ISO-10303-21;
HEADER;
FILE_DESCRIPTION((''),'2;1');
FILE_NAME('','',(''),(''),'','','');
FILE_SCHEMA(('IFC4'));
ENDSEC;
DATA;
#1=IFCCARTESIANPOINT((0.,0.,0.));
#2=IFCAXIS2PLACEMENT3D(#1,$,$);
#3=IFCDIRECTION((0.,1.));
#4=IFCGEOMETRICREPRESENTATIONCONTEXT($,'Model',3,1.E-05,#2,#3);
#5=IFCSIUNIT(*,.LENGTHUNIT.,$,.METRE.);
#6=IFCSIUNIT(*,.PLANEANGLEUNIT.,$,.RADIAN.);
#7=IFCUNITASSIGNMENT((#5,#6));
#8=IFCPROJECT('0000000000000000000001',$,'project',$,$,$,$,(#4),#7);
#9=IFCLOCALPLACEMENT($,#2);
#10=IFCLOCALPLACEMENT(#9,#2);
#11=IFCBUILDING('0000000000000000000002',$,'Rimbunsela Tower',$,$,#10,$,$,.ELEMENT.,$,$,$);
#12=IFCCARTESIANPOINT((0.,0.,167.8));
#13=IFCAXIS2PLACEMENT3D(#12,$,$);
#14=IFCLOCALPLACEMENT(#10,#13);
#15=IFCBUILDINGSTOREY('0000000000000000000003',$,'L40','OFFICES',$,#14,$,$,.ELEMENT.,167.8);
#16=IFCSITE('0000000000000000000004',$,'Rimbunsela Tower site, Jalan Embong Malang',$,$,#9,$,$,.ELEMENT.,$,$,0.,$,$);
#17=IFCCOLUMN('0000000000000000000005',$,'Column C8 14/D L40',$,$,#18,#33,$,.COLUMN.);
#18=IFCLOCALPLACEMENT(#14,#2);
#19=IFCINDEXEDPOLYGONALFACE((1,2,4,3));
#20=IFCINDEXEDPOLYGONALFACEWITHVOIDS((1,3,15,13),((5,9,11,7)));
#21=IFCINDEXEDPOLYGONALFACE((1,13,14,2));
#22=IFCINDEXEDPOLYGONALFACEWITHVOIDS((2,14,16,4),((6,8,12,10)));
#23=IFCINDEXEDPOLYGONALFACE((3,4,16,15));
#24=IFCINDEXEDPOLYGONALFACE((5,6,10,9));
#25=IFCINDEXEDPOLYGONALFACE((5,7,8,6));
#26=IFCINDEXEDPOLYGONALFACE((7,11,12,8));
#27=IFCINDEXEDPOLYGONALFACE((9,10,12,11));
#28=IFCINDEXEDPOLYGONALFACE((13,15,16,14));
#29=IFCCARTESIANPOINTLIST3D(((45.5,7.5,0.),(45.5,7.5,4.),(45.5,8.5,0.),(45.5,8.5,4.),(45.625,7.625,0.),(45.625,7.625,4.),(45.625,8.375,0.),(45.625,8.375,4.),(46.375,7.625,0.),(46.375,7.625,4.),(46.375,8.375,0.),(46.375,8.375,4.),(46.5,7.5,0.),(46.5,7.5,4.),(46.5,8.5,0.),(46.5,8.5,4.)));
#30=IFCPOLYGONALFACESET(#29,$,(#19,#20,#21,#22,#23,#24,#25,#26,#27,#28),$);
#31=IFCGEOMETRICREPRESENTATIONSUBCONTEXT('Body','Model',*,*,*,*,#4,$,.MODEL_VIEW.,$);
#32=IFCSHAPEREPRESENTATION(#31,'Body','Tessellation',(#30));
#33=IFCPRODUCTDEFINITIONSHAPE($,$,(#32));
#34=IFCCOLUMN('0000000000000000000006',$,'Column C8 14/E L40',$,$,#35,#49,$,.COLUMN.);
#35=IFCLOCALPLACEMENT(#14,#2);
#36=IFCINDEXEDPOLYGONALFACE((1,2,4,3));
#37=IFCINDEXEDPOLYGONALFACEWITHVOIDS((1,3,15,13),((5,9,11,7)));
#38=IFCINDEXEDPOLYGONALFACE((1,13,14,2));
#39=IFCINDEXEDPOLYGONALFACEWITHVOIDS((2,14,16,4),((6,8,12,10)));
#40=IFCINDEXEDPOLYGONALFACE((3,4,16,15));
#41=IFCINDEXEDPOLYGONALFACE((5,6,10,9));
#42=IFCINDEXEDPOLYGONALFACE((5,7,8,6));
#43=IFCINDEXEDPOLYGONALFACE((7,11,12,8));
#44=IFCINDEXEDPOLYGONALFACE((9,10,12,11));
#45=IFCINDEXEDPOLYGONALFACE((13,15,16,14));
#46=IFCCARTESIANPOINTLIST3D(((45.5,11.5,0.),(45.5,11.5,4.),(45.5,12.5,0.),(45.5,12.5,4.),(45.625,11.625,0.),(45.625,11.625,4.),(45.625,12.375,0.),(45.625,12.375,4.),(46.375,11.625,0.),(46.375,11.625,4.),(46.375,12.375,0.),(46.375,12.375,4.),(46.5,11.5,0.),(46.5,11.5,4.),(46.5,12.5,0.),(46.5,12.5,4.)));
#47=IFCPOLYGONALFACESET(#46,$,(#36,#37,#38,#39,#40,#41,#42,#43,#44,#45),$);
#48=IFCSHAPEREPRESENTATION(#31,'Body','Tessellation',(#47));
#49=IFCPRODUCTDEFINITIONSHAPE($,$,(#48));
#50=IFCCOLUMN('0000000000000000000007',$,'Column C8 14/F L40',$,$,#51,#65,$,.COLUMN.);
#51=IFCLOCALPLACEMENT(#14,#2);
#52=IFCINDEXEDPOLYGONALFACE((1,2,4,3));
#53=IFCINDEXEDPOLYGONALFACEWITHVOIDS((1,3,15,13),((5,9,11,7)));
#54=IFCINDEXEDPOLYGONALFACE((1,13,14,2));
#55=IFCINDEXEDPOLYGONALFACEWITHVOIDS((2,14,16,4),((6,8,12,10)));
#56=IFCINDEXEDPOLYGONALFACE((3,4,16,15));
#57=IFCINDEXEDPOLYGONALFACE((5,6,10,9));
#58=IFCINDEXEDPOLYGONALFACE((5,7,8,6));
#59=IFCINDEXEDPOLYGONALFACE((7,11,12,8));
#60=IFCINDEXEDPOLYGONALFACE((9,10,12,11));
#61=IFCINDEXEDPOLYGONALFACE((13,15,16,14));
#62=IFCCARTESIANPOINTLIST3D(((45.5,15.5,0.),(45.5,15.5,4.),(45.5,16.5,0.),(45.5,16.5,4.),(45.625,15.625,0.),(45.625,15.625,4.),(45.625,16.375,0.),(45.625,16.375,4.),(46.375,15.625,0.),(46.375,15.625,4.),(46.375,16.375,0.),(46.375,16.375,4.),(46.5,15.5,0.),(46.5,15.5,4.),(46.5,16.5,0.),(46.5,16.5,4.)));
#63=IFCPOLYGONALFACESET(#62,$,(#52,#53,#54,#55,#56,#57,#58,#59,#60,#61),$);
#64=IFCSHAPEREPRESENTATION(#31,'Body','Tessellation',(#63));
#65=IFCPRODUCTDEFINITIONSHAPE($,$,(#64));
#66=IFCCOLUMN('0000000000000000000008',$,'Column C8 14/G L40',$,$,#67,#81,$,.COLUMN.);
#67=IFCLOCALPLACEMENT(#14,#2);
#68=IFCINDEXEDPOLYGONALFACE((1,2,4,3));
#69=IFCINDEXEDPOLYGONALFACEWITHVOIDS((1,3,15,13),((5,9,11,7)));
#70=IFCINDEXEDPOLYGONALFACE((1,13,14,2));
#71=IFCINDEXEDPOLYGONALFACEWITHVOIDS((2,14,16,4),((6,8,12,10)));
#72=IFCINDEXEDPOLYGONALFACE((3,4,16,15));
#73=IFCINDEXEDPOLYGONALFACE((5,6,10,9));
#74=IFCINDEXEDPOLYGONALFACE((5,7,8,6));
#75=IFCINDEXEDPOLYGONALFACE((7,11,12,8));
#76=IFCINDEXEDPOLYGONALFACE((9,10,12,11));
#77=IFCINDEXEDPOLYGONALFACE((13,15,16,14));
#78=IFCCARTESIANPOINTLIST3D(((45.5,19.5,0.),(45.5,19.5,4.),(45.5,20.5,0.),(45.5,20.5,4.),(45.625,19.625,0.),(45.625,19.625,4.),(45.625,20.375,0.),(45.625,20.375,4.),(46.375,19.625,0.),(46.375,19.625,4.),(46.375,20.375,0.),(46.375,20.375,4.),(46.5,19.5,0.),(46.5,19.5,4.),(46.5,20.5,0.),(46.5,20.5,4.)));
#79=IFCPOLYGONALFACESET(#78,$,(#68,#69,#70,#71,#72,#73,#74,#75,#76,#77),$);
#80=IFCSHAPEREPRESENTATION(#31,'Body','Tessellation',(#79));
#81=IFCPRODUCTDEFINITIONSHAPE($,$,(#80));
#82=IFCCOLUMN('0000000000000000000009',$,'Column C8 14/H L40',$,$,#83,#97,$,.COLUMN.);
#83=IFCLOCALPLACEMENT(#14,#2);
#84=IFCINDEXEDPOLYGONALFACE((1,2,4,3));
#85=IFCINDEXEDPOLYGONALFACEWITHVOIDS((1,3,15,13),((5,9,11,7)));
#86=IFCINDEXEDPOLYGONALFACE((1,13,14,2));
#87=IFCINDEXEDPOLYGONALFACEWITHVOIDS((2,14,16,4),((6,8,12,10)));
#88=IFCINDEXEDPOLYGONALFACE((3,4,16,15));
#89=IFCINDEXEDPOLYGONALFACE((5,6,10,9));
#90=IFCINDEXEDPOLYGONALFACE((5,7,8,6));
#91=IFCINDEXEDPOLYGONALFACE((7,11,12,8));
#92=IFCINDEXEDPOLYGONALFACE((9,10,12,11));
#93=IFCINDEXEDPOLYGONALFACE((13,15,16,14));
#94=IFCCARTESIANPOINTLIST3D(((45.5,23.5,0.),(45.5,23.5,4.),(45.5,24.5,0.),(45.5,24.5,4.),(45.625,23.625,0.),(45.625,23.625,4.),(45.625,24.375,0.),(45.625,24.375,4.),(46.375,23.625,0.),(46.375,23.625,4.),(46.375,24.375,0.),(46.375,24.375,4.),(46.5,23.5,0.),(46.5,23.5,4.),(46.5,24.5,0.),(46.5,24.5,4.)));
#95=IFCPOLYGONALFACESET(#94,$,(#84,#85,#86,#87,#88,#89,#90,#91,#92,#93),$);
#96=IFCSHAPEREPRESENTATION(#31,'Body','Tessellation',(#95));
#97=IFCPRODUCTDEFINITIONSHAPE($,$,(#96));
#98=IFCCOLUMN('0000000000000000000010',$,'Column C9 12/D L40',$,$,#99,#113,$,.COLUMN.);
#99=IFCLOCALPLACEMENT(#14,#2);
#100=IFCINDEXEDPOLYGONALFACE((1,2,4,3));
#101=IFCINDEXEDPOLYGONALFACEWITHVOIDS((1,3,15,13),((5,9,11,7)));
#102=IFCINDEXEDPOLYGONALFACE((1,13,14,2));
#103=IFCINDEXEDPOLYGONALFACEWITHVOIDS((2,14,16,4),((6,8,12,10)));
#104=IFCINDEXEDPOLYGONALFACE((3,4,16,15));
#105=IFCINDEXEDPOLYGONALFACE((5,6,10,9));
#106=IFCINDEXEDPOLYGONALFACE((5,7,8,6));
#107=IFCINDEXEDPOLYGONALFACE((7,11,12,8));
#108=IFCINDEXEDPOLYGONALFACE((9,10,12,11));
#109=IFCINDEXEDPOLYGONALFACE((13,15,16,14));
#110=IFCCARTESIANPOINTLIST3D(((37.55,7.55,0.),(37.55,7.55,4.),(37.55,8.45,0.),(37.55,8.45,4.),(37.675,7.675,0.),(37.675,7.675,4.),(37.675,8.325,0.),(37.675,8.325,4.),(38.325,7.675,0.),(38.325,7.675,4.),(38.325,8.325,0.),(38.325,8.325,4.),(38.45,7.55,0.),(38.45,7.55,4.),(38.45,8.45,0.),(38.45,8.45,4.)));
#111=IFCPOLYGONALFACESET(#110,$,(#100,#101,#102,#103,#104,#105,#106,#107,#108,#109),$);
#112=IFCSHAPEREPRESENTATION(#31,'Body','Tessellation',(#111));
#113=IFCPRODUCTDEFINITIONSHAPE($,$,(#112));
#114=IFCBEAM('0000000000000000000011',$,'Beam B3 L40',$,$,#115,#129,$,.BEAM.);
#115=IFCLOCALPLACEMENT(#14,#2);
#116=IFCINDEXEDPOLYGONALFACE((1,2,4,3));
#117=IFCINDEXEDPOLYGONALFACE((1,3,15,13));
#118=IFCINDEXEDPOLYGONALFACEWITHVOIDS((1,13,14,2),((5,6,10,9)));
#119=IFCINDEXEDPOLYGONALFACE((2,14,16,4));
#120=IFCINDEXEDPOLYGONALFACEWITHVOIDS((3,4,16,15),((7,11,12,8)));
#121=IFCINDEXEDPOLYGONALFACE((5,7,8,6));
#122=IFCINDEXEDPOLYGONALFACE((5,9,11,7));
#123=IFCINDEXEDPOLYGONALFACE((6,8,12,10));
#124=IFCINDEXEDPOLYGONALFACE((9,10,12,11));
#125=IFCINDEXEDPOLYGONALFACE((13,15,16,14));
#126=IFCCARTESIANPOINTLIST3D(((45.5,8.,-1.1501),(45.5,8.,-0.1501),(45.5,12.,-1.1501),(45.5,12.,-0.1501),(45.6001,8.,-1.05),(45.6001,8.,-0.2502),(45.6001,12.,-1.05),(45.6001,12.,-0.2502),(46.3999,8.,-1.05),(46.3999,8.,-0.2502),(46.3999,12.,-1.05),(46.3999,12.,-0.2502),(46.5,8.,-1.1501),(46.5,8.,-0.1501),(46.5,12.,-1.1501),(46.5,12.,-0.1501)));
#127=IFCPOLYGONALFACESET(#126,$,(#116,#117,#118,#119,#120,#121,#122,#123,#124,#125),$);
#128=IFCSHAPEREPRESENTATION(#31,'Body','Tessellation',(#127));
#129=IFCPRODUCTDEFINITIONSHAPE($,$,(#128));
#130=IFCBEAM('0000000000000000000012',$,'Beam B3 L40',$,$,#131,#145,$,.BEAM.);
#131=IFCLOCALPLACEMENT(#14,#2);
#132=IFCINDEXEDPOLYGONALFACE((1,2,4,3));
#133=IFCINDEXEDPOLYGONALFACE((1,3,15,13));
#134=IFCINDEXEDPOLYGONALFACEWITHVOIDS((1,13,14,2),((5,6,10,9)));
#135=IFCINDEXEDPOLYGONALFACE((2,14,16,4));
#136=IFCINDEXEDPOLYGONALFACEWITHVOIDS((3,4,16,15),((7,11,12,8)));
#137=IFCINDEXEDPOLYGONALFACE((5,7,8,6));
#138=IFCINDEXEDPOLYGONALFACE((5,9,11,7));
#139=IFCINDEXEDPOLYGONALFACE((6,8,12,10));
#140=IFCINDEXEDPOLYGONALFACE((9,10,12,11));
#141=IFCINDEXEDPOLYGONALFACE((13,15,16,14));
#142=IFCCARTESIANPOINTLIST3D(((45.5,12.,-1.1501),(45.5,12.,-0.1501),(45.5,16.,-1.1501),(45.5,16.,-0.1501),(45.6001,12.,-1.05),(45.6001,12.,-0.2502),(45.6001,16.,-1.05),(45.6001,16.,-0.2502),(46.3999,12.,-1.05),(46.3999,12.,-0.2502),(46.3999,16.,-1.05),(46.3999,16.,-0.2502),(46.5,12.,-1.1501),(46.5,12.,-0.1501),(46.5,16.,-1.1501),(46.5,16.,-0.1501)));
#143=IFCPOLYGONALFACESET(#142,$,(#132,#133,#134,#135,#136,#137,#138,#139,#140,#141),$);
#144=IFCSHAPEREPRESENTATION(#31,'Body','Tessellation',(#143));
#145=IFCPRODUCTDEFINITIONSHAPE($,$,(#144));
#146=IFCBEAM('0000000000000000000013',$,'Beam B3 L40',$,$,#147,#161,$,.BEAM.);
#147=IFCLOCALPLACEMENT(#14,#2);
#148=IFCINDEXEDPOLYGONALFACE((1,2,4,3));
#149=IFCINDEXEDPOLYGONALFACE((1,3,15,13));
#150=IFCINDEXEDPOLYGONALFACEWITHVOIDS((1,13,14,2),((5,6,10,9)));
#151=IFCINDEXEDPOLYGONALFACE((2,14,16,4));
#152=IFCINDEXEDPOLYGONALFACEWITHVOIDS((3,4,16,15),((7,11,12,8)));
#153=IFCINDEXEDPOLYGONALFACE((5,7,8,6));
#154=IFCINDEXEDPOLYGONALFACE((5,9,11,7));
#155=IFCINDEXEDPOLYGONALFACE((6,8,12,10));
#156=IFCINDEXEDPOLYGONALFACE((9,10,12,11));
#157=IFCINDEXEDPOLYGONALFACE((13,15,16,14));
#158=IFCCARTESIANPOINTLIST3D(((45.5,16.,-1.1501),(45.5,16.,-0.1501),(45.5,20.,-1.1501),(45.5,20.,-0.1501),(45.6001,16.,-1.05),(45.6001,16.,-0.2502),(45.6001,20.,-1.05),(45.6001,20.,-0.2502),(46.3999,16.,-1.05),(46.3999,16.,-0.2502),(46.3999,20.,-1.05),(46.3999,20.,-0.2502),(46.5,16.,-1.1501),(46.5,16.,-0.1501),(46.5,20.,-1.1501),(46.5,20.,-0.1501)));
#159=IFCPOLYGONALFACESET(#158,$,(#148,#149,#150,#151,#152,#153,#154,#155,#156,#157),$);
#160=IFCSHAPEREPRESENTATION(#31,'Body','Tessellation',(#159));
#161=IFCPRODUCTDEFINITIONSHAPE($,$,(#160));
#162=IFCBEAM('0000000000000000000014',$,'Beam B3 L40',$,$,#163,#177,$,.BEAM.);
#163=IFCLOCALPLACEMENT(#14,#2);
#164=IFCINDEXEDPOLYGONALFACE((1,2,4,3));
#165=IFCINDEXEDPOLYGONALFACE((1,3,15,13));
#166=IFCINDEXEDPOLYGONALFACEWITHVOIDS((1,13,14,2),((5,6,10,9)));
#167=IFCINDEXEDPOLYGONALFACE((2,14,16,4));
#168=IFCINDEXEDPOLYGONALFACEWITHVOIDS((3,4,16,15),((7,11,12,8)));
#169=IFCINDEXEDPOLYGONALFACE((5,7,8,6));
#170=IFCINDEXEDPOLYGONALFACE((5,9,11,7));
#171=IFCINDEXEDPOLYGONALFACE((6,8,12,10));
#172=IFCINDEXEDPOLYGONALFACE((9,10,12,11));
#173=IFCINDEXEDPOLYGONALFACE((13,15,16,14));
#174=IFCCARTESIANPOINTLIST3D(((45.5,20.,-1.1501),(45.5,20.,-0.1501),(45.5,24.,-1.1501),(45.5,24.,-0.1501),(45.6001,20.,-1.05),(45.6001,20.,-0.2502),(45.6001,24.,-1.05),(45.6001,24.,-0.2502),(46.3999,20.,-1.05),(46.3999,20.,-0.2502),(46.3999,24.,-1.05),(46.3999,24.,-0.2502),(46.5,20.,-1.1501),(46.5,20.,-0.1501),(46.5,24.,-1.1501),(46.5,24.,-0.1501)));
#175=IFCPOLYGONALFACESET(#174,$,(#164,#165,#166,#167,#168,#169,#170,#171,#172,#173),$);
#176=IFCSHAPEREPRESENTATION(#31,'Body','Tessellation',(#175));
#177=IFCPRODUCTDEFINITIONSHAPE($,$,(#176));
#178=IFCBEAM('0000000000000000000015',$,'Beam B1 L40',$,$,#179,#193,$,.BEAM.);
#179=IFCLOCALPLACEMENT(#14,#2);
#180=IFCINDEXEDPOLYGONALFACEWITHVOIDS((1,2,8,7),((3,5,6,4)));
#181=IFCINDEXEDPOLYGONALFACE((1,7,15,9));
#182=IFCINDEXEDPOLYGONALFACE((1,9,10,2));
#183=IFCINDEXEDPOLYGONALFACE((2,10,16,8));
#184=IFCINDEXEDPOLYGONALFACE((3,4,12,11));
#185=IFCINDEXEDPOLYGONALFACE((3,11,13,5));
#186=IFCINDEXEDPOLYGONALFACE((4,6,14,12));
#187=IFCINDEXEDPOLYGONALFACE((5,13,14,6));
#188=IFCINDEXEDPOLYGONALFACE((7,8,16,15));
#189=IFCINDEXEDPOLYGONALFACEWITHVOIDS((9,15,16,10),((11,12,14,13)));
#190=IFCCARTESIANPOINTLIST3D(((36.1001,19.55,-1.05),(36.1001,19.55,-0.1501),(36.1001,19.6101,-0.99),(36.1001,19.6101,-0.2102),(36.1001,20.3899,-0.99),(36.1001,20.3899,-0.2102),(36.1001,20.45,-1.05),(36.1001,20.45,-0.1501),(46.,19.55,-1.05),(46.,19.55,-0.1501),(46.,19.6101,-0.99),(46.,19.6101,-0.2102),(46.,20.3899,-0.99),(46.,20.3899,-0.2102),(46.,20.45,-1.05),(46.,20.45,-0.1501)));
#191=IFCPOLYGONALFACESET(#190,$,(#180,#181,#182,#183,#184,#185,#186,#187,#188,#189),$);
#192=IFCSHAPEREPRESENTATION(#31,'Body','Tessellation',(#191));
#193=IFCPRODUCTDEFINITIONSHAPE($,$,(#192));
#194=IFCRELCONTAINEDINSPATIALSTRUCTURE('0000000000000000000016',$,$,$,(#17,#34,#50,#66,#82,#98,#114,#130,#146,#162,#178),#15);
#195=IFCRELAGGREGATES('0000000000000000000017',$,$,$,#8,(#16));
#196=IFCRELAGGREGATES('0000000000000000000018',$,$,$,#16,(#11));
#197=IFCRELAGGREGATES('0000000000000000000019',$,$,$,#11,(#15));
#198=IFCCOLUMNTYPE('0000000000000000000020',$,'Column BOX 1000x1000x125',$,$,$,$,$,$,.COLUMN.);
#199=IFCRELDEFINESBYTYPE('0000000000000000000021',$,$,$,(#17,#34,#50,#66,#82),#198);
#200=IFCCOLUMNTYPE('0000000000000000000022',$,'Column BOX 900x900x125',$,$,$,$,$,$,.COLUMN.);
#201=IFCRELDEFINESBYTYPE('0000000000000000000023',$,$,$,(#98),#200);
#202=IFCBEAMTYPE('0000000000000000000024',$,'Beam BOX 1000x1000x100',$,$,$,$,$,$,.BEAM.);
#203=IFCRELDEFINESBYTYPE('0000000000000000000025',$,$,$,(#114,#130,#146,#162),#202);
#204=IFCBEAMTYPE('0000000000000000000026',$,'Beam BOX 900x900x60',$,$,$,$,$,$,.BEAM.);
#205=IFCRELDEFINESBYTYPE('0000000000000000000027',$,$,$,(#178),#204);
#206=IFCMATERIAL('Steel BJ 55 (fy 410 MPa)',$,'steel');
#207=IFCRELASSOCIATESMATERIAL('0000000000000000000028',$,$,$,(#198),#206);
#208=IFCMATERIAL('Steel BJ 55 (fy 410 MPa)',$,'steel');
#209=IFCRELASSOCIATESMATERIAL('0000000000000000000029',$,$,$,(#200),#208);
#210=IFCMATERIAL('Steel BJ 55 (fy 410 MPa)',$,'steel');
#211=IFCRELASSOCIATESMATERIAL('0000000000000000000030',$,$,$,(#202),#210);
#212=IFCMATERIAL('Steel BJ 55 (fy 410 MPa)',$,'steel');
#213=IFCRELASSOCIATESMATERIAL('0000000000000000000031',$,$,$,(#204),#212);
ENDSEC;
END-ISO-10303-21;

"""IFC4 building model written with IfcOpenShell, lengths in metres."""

from ifc_helpers import new_model, si_unit, direction, frame, origin, origin_2d, place, context, subcontext, project, spatial, hollow_rectangle, extrude, material, material_profile, profile_set, type_object, element, save


model = new_model("IFC4")

# Units and contexts
model_context = context("Model", 3, precision=1e-05, world=origin(), true_north=direction((0.0, 1.0)))
body_context = subcontext(model_context, "Body", "Model", "MODEL_VIEW")
ifc_project = project(units=[si_unit("LENGTHUNIT", "METRE"), si_unit("PLANEANGLEUNIT", "RADIAN")], contexts=[model_context])

# Site, building, storey
site_placement = place(None, origin())
site = spatial("IfcSite", under=ifc_project, at=site_placement, Name="Rimbunsela Tower site, Jalan Embong Malang", CompositionType="ELEMENT", RefElevation=0.0)
building_placement = place(site_placement, origin())
building = spatial("IfcBuilding", under=site, at=building_placement, Name="Rimbunsela Tower", CompositionType="ELEMENT")
storey_placement = place(building_placement, frame((0.0, 0.0, 167.8)))
storey = spatial("IfcBuildingStorey", under=building, at=storey_placement, Name="L40", Description="OFFICES", CompositionType="ELEMENT", Elevation=167.8)

# Columns
ifc_material_1 = material(Name="Steel BJ 55 (fy 410 MPa)", Category="steel")
ifc_material_profile_1 = material_profile(ifc_material_1, hollow_rectangle(XDim=1.0, YDim=1.0, WallThickness=0.125, at=origin_2d()), Name="BOX 1000x1000x125")
ifc_profile_set_1 = profile_set([ifc_material_profile_1], Name="Steel BJ 55 (fy 410 MPa)")
column_type_1 = type_object("IfcColumnType", Name="Column BOX 1000x1000x125", PredefinedType="COLUMN", material=ifc_profile_set_1)
for number, where, z_axis, x_axis, name in (
    (1, (46.0, 8.0, 0.0), (0.0, 0.0, 1.0), (1.0, 0.0, 0.0), "Column C8 14/D L40"),
    (2, (46.0, 12.0, 0.0), (0.0, 0.0, 1.0), (1.0, 0.0, 0.0), "Column C8 14/E L40"),
    (3, (46.0, 16.0, 0.0), (0.0, 0.0, 1.0), (1.0, 0.0, 0.0), "Column C8 14/F L40"),
    (4, (46.0, 20.0, 0.0), (0.0, 0.0, 1.0), (1.0, 0.0, 0.0), "Column C8 14/G L40"),
    (5, (46.0, 24.0, 0.0), (0.0, 0.0, 1.0), (1.0, 0.0, 0.0), "Column C8 14/H L40"),
):
    element("IfcColumn", number, at=place(storey_placement, frame(where, z_axis=z_axis, x_axis=x_axis)), inside=storey, type_object=column_type_1, Name=name, PredefinedType="COLUMN", context=body_context, shape_type="SweptSolid", body=[
        extrude(hollow_rectangle(XDim=1.0, YDim=1.0, WallThickness=0.125, at=origin_2d()), origin(), (0.0, 0.0, 1.0), 4.0),
    ])
ifc_material_2 = material(Name="Steel BJ 55 (fy 410 MPa)", Category="steel")
ifc_material_profile_2 = material_profile(ifc_material_2, hollow_rectangle(XDim=0.8999, YDim=0.8999, WallThickness=0.125, at=origin_2d()), Name="BOX 900x900x125")
ifc_profile_set_2 = profile_set([ifc_material_profile_2], Name="Steel BJ 55 (fy 410 MPa)")
column_type_2 = type_object("IfcColumnType", Name="Column BOX 900x900x125", PredefinedType="COLUMN", material=ifc_profile_set_2)
column_placement = place(storey_placement, frame((38.0, 8.0, 0.0), z_axis=(0.0, 0.0, 1.0), x_axis=(1.0, 0.0, 0.0)))
element("IfcColumn", 6, at=column_placement, inside=storey, type_object=column_type_2, Name="Column C9 12/D L40", PredefinedType="COLUMN", context=body_context, shape_type="SweptSolid", body=[
    extrude(hollow_rectangle(XDim=0.8999, YDim=0.8999, WallThickness=0.125, at=origin_2d()), origin(), (0.0, 0.0, 1.0), 4.0),
])

# Beams
ifc_material_3 = material(Name="Steel BJ 55 (fy 410 MPa)", Category="steel")
ifc_material_profile_3 = material_profile(ifc_material_3, hollow_rectangle(XDim=1.0, YDim=1.0, WallThickness=0.1001, at=origin_2d()), Name="BOX 1000x1000x100")
ifc_profile_set_3 = profile_set([ifc_material_profile_3], Name="Steel BJ 55 (fy 410 MPa)")
beam_type_1 = type_object("IfcBeamType", Name="Beam BOX 1000x1000x100", PredefinedType="BEAM", material=ifc_profile_set_3)
for number, where, z_axis, x_axis, name in (
    (7, (46.0, 8.0, -0.6501), (0.0, 1.0, 0.0), (-1.0, 0.0, 0.0), "Beam B3 L40"),
    (8, (46.0, 12.0, -0.6501), (0.0, 1.0, 0.0), (-1.0, 0.0, 0.0), "Beam B3 L40"),
    (9, (46.0, 16.0, -0.6501), (0.0, 1.0, 0.0), (-1.0, 0.0, 0.0), "Beam B3 L40"),
    (10, (46.0, 20.0, -0.6501), (0.0, 1.0, 0.0), (-1.0, 0.0, 0.0), "Beam B3 L40"),
):
    element("IfcBeam", number, at=place(storey_placement, frame(where, z_axis=z_axis, x_axis=x_axis)), inside=storey, type_object=beam_type_1, Name=name, PredefinedType="BEAM", context=body_context, shape_type="SweptSolid", body=[
        extrude(hollow_rectangle(XDim=1.0, YDim=1.0, WallThickness=0.1001, at=origin_2d()), origin(), (0.0, 0.0, 1.0), 4.0),
    ])
ifc_material_4 = material(Name="Steel BJ 55 (fy 410 MPa)", Category="steel")
ifc_material_profile_4 = material_profile(ifc_material_4, hollow_rectangle(XDim=0.8999, YDim=0.8999, WallThickness=0.0601, at=origin_2d()), Name="BOX 900x900x60")
ifc_profile_set_4 = profile_set([ifc_material_profile_4], Name="Steel BJ 55 (fy 410 MPa)")
beam_type_2 = type_object("IfcBeamType", Name="Beam BOX 900x900x60", PredefinedType="BEAM", material=ifc_profile_set_4)
beam_1_placement = place(storey_placement, frame((36.1001, 20.0, -0.6001), z_axis=(1.0, 0.0, 0.0), x_axis=(0.0, 1.0, 0.0)))
element("IfcBeam", 11, at=beam_1_placement, inside=storey, type_object=beam_type_2, Name="Beam B1 L40", PredefinedType="BEAM", context=body_context, shape_type="SweptSolid", body=[
    extrude(hollow_rectangle(XDim=0.8999, YDim=0.8999, WallThickness=0.0601, at=origin_2d()), origin(), (0.0, 0.0, 1.0), 9.8999),
])

save(model, "model.ifc")
